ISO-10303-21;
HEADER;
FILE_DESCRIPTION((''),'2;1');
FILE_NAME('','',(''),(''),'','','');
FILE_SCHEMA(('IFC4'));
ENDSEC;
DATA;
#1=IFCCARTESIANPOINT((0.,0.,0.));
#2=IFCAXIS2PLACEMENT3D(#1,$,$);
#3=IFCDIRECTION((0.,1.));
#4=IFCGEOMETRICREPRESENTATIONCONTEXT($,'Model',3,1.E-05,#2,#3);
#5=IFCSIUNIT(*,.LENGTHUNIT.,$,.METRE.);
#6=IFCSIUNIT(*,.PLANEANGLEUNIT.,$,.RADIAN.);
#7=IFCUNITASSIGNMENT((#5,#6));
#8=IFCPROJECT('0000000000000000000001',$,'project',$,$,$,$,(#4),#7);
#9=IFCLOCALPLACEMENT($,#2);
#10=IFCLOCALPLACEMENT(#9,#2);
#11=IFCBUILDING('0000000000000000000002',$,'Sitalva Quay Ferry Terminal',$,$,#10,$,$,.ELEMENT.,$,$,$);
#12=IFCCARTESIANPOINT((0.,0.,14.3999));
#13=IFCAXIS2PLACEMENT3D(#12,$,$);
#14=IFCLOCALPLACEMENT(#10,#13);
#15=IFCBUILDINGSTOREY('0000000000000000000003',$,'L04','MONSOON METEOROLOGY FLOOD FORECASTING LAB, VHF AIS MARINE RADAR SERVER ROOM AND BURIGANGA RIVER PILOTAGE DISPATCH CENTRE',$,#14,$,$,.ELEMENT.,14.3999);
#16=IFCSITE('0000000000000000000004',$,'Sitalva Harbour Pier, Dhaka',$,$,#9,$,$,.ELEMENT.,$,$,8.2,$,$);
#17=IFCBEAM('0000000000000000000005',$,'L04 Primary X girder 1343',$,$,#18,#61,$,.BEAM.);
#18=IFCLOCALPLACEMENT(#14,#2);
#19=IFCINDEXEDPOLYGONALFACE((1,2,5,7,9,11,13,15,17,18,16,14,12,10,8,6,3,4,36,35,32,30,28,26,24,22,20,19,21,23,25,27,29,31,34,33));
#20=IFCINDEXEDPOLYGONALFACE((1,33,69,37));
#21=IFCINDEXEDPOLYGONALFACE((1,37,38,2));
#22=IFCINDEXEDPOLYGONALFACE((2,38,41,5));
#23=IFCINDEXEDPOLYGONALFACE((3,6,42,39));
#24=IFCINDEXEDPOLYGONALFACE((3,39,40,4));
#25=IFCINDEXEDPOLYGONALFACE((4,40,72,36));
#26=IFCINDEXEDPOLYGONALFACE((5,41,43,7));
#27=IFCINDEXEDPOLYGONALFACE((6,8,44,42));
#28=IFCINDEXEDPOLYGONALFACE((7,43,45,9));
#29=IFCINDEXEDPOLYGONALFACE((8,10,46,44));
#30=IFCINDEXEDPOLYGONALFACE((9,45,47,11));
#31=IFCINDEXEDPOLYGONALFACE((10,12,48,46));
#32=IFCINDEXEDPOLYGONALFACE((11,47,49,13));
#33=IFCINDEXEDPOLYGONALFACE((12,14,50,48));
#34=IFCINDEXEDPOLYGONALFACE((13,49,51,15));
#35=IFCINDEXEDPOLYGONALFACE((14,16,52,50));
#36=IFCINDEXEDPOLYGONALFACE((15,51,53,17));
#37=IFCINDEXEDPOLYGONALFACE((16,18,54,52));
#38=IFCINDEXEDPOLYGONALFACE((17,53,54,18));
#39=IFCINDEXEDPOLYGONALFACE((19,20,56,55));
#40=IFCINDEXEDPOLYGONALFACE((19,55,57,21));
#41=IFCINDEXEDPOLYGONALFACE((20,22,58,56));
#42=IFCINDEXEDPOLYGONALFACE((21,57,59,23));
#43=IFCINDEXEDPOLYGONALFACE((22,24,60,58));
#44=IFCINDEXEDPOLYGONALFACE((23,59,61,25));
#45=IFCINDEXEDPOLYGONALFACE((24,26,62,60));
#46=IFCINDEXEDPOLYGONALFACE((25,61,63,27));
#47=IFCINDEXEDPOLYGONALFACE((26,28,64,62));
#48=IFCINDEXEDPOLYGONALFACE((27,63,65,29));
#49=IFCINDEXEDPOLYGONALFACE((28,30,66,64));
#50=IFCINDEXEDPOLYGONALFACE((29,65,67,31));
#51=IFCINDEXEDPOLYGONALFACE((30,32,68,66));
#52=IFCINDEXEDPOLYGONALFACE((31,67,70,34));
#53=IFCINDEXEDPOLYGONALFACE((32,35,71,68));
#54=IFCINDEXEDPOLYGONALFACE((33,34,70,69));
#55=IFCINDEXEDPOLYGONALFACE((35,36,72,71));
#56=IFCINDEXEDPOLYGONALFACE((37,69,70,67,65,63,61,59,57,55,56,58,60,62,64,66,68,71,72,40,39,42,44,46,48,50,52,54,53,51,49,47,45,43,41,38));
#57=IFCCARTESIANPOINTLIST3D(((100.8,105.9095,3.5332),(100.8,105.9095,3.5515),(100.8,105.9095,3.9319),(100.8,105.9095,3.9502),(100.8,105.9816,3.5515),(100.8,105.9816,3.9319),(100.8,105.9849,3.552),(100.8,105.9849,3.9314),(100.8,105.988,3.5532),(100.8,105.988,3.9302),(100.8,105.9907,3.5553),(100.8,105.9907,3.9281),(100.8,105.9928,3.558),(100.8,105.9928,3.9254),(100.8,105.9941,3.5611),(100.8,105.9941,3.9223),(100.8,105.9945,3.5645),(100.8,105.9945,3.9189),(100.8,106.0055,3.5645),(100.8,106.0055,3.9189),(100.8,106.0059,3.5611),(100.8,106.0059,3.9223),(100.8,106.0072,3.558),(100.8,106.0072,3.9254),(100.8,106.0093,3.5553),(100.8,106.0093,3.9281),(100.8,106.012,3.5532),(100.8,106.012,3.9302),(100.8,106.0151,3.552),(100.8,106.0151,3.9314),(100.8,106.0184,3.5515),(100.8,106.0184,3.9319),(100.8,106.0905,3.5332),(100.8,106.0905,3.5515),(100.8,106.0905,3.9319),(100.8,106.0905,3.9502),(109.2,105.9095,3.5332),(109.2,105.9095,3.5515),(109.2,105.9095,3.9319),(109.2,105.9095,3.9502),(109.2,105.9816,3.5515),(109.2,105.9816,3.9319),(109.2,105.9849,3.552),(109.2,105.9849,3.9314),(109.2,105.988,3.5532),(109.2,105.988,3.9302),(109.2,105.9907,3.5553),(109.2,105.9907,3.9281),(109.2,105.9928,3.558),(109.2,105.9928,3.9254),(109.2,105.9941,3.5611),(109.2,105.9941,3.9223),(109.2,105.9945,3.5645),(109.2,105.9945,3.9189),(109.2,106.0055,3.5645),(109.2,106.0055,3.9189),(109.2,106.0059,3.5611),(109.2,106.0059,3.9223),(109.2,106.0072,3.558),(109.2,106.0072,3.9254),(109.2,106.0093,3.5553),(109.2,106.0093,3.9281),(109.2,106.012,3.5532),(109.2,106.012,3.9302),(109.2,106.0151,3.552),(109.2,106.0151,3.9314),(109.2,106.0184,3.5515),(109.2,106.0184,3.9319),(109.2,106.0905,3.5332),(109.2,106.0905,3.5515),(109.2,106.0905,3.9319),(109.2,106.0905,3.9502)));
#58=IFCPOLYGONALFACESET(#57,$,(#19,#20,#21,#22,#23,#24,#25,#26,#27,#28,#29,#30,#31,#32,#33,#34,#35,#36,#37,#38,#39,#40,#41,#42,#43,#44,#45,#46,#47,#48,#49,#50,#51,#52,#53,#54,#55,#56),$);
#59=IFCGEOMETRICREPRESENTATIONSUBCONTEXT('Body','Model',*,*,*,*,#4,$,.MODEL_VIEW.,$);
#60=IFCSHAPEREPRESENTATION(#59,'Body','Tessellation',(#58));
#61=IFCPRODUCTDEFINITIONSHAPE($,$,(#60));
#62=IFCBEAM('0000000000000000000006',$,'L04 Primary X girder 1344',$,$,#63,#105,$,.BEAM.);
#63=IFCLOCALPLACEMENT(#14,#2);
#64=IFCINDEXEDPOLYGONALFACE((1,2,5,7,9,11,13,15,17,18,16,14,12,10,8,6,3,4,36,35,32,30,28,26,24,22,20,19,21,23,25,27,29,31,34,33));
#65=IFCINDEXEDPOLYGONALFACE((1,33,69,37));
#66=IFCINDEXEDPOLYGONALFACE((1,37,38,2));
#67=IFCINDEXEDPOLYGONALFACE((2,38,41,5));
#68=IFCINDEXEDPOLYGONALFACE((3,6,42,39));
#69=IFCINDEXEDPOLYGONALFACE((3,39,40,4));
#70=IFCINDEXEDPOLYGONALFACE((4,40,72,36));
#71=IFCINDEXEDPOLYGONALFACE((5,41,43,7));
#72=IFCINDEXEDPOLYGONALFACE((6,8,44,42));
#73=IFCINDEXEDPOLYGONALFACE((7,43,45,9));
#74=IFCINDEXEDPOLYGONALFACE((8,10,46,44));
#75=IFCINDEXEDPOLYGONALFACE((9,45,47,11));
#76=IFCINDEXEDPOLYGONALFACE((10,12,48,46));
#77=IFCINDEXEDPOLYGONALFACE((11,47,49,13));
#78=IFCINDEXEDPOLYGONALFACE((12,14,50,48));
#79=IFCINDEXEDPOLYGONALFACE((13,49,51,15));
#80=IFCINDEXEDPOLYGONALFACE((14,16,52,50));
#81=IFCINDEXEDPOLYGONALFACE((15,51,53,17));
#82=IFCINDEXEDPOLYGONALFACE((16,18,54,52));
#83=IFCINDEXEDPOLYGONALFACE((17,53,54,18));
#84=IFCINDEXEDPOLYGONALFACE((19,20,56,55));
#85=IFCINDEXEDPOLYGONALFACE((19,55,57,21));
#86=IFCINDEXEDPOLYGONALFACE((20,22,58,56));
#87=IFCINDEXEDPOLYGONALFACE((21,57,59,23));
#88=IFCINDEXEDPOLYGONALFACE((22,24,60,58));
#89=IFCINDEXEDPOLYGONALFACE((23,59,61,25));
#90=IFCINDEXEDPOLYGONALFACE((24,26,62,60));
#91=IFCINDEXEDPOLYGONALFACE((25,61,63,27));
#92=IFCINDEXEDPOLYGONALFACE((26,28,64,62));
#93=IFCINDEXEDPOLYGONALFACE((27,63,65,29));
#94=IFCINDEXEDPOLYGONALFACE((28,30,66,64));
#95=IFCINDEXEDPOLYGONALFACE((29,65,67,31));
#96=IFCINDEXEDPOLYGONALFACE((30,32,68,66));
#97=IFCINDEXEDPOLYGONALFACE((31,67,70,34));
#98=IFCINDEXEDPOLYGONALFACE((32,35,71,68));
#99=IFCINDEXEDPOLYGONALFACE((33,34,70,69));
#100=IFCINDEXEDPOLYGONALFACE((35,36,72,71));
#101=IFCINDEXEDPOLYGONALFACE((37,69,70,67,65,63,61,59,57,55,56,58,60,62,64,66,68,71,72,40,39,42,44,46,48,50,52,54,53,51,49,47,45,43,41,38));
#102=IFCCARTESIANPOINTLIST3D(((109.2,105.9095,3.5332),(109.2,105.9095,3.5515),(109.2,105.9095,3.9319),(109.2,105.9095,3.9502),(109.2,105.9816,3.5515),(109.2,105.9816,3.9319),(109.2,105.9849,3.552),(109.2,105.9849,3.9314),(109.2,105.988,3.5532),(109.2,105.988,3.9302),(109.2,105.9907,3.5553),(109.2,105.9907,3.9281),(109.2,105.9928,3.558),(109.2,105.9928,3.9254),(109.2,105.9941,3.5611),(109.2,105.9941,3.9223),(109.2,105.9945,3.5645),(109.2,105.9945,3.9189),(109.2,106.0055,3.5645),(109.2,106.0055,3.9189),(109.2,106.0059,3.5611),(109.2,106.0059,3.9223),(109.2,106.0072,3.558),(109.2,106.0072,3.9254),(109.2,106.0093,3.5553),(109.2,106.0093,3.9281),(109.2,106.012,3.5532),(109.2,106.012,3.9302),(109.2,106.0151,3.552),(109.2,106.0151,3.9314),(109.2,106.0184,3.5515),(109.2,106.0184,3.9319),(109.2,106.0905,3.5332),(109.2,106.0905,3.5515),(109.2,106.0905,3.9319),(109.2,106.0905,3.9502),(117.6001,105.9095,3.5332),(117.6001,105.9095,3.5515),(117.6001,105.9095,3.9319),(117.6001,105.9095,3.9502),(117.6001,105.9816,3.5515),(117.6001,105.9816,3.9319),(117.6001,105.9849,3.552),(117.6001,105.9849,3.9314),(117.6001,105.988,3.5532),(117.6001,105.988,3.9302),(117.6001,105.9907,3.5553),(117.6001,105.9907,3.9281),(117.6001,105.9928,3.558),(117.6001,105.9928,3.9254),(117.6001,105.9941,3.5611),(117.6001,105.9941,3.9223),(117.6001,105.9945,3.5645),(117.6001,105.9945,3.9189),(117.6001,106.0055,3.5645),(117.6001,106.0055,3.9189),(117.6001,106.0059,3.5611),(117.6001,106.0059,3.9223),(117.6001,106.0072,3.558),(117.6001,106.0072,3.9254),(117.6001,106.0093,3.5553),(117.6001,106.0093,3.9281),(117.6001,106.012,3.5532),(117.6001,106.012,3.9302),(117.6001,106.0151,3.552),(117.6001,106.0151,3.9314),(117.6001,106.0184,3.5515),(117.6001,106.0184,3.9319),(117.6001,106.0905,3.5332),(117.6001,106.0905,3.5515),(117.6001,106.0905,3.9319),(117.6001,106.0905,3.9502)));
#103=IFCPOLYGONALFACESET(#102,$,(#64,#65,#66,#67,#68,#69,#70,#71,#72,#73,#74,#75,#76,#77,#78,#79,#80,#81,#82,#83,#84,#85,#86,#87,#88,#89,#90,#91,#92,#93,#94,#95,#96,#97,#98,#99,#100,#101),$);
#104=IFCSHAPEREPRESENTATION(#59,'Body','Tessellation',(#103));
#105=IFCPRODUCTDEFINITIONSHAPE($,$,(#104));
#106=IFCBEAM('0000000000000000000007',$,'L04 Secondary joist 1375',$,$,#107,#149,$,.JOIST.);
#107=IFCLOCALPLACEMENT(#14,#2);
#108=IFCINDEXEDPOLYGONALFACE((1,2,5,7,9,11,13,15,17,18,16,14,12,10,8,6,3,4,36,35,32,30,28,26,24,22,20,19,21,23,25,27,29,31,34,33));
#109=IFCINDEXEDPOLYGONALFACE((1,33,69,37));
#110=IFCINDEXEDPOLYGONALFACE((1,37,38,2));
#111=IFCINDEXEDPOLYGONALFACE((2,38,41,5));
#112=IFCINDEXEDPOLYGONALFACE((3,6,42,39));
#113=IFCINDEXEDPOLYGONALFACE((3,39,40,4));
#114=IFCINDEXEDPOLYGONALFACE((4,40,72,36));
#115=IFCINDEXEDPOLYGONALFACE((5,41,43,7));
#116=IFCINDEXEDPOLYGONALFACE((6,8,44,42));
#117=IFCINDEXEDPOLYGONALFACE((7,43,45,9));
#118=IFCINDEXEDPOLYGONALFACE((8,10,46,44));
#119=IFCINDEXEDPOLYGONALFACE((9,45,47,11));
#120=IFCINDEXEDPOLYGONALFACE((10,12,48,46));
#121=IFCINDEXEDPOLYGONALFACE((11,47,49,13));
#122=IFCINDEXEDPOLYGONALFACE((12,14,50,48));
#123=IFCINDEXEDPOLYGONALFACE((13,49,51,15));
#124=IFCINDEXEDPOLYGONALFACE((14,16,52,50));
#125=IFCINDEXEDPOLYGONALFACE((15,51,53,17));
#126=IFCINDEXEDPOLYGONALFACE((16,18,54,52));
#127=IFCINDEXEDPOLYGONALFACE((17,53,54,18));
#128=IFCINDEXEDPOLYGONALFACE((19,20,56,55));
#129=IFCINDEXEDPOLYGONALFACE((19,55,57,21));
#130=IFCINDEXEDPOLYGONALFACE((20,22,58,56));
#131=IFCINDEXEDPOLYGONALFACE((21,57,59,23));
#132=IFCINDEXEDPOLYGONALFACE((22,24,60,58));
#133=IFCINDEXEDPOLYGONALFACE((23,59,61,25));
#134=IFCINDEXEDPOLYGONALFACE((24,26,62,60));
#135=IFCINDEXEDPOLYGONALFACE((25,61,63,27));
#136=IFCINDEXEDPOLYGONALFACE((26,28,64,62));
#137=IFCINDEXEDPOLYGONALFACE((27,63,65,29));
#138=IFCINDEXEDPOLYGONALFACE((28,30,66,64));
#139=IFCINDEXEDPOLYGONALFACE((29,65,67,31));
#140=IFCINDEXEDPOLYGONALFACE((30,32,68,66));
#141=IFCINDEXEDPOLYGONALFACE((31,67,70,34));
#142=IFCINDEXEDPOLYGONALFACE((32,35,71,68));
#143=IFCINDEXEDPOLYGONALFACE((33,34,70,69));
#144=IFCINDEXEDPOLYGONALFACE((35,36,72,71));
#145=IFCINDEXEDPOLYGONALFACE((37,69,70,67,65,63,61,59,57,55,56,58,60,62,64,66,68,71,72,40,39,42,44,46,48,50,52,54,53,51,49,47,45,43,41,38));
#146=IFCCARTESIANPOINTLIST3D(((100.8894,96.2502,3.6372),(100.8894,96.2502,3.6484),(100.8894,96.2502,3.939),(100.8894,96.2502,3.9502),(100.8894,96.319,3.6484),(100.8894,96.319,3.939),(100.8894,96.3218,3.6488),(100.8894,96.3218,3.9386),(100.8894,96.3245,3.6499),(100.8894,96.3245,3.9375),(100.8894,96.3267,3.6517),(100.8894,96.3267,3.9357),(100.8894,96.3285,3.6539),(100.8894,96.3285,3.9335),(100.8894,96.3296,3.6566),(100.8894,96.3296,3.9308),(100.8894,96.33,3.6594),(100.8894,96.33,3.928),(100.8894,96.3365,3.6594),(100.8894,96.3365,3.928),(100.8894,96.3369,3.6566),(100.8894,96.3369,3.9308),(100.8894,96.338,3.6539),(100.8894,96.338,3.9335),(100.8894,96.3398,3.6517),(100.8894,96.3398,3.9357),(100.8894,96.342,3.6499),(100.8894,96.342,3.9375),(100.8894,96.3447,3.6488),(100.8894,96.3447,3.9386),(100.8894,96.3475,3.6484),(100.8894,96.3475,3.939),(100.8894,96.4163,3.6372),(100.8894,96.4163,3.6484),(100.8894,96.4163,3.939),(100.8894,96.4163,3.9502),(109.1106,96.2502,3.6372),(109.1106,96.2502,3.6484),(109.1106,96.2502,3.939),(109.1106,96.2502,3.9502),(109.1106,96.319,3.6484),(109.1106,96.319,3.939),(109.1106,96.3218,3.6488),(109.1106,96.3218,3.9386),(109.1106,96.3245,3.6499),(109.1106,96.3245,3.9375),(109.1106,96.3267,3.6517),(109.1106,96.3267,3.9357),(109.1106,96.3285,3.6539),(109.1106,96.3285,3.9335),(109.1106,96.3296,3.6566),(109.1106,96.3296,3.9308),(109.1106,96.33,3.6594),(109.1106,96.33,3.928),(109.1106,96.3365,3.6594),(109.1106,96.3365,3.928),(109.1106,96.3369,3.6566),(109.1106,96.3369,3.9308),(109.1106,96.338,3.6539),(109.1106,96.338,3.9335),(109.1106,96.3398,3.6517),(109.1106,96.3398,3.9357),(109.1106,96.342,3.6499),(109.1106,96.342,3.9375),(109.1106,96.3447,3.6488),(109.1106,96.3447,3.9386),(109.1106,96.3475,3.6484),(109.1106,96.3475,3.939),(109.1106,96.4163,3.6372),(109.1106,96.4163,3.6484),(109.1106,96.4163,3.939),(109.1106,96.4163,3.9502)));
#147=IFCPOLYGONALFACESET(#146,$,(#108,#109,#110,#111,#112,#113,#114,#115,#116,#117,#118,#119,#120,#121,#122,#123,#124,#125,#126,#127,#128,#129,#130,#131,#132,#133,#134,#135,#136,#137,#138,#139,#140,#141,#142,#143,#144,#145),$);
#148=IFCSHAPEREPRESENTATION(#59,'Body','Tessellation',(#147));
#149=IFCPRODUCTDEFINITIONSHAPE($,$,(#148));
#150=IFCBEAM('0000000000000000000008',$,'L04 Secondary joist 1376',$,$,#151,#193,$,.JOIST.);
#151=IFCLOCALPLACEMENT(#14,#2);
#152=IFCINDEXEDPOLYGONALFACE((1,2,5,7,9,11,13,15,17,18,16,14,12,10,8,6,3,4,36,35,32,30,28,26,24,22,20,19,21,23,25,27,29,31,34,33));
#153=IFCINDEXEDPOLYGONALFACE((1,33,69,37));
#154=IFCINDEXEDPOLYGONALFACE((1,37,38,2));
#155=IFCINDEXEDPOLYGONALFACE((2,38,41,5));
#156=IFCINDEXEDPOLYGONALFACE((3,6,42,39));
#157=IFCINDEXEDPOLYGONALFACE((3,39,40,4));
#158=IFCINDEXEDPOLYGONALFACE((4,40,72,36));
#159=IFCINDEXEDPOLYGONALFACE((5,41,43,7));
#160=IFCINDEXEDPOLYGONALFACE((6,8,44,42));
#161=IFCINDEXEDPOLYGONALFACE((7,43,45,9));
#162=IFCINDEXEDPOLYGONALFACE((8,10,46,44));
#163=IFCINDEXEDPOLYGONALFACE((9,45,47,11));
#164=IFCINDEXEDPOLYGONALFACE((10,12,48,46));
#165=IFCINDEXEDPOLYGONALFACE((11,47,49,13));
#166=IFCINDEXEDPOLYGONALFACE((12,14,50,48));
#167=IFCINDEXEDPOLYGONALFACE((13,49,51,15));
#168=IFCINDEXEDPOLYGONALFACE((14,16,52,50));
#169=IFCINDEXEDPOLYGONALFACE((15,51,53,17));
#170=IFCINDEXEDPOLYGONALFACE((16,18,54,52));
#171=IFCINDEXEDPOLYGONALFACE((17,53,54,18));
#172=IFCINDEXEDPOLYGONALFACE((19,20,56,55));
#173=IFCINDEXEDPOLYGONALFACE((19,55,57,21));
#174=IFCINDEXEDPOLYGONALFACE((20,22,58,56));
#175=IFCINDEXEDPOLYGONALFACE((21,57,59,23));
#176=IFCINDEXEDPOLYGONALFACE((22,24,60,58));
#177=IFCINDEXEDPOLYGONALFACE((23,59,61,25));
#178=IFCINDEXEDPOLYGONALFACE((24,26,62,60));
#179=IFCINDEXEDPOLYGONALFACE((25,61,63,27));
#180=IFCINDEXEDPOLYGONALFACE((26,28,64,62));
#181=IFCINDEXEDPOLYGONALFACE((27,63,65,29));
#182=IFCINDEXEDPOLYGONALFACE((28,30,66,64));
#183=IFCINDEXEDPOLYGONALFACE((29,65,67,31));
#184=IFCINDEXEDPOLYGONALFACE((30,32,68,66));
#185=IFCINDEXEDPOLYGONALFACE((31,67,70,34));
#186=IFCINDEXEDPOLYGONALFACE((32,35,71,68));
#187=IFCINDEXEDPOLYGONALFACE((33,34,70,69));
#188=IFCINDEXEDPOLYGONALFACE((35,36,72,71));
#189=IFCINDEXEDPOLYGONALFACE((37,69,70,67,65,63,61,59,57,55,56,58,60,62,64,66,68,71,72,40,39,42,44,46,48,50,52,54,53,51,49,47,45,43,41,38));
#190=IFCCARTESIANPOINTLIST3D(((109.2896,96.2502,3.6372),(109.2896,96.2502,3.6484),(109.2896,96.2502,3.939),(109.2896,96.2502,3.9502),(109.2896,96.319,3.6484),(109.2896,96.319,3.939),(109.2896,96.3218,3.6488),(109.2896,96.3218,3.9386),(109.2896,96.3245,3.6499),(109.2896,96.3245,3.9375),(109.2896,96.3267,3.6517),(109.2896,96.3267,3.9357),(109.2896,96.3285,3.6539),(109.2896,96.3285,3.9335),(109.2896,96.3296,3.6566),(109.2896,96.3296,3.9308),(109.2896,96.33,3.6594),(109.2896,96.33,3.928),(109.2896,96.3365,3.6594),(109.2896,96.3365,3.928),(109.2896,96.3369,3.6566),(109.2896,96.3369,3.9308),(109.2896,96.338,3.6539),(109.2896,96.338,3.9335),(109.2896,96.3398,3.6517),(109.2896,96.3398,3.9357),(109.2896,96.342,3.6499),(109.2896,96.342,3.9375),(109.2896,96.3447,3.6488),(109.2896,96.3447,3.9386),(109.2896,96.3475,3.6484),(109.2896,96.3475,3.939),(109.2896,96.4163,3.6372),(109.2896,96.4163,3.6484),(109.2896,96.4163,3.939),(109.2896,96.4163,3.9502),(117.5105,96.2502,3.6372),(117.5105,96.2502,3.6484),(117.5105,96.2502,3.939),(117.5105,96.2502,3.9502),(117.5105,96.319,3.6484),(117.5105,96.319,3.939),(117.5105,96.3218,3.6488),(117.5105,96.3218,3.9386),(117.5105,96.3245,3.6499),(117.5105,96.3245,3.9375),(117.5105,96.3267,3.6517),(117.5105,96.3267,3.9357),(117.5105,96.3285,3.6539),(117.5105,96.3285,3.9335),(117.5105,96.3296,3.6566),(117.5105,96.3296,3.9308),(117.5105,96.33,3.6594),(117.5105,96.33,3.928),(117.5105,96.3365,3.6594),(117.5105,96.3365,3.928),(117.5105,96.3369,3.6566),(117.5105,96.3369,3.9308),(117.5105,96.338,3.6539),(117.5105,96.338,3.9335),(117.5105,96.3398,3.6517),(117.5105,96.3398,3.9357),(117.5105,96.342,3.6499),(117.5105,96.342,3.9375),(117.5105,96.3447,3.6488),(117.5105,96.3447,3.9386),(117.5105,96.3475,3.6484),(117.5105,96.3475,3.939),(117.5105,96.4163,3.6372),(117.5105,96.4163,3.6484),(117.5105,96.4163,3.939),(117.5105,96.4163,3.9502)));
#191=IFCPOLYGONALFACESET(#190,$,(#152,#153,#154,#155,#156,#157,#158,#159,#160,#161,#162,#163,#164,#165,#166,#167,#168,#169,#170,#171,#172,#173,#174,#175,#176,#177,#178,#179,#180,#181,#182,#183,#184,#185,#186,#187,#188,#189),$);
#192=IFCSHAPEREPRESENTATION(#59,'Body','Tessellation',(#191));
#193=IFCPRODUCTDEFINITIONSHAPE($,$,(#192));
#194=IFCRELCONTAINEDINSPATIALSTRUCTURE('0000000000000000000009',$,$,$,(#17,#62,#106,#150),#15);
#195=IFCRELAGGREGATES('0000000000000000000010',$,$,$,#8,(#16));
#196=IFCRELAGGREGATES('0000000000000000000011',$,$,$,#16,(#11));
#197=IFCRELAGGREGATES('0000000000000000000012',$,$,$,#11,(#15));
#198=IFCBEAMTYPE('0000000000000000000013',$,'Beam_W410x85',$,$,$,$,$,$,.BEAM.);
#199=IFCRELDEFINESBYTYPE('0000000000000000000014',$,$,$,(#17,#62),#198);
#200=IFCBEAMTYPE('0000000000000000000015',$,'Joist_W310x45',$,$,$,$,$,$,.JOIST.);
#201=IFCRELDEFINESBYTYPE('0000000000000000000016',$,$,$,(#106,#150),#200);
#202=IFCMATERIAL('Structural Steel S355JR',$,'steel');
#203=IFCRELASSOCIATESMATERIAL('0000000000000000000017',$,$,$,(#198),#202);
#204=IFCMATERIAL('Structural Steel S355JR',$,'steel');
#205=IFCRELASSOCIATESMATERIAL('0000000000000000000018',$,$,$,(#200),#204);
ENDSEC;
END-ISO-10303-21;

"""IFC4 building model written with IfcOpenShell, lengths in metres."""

from ifc_helpers import new_model, si_unit, direction, frame, origin, origin_2d, place, context, subcontext, project, spatial, i_section, extrude, material, material_profile, profile_set, type_object, element, save


model = new_model("IFC4")

# Units and contexts
model_context = context("Model", 3, precision=1e-05, world=origin(), true_north=direction((0.0, 1.0)))
body_context = subcontext(model_context, "Body", "Model", "MODEL_VIEW")
ifc_project = project(units=[si_unit("LENGTHUNIT", "METRE"), si_unit("PLANEANGLEUNIT", "RADIAN")], contexts=[model_context])

# Site, building, storey
site_placement = place(None, origin())
site = spatial("IfcSite", under=ifc_project, at=site_placement, Name="Sitalva Harbour Pier, Dhaka", CompositionType="ELEMENT", RefElevation=8.2)
building_placement = place(site_placement, origin())
building = spatial("IfcBuilding", under=site, at=building_placement, Name="Sitalva Quay Ferry Terminal", CompositionType="ELEMENT")
storey_placement = place(building_placement, frame((0.0, 0.0, 14.3999)))
storey = spatial("IfcBuildingStorey", under=building, at=storey_placement, Name="L04", Description="MONSOON METEOROLOGY FLOOD FORECASTING LAB, VHF AIS MARINE RADAR SERVER ROOM AND BURIGANGA RIVER PILOTAGE DISPATCH CENTRE", CompositionType="ELEMENT", Elevation=14.3999)

# Beams
ifc_material_1 = material(Name="Structural Steel S355JR", Category="steel")
ifc_material_profile_1 = material_profile(ifc_material_1, i_section(OverallWidth=0.1809, OverallDepth=0.417, WebThickness=0.011, FlangeThickness=0.0183, FilletRadius=0.0129, at=origin_2d()), Name="W410x85")
ifc_profile_set_1 = profile_set([ifc_material_profile_1], Name="Structural Steel S355JR")
beam_type_1 = type_object("IfcBeamType", Name="Beam_W410x85", PredefinedType="BEAM", material=ifc_profile_set_1)
beam_1_placement = place(storey_placement, frame((100.8, 106.0, 3.7417), z_axis=(1.0, 0.0, 0.0), x_axis=(0.0, 1.0, 0.0)))
element("IfcBeam", 1, at=beam_1_placement, inside=storey, type_object=beam_type_1, Name="L04 Primary X girder 1343", PredefinedType="BEAM", context=body_context, shape_type="SweptSolid", body=[
    extrude(i_section(OverallWidth=0.1809, OverallDepth=0.417, WebThickness=0.011, FlangeThickness=0.0183, FilletRadius=0.0129, at=origin_2d()), origin(), (0.0, 0.0, 1.0), 8.3999),
])
beam_2_placement = place(storey_placement, frame((109.2, 106.0, 3.7417), z_axis=(1.0, 0.0, 0.0), x_axis=(0.0, 1.0, 0.0)))
element("IfcBeam", 2, at=beam_2_placement, inside=storey, type_object=beam_type_1, Name="L04 Primary X girder 1344", PredefinedType="BEAM", context=body_context, shape_type="SweptSolid", body=[
    extrude(i_section(OverallWidth=0.1809, OverallDepth=0.417, WebThickness=0.011, FlangeThickness=0.0183, FilletRadius=0.0129, at=origin_2d()), origin(), (0.0, 0.0, 1.0), 8.4001),
])
ifc_material_2 = material(Name="Structural Steel S355JR", Category="steel")
ifc_material_profile_2 = material_profile(ifc_material_2, i_section(OverallWidth=0.166, OverallDepth=0.313, WebThickness=0.0066, FlangeThickness=0.0112, FilletRadius=0.011, at=origin_2d()), Name="W310x45")
ifc_profile_set_2 = profile_set([ifc_material_profile_2], Name="Structural Steel S355JR")
beam_type_2 = type_object("IfcBeamType", Name="Joist_W310x45", PredefinedType="JOIST", material=ifc_profile_set_2)
beam_3_placement = place(storey_placement, frame((100.8894, 96.3333, 3.7937), z_axis=(1.0, 0.0, 0.0), x_axis=(0.0, 1.0, 0.0)))
element("IfcBeam", 3, at=beam_3_placement, inside=storey, type_object=beam_type_2, Name="L04 Secondary joist 1375", PredefinedType="JOIST", context=body_context, shape_type="SweptSolid", body=[
    extrude(i_section(OverallWidth=0.166, OverallDepth=0.313, WebThickness=0.0066, FlangeThickness=0.0112, FilletRadius=0.011, at=origin_2d()), origin(), (0.0, 0.0, 1.0), 8.2212),
])
beam_4_placement = place(storey_placement, frame((109.2896, 96.3333, 3.7937), z_axis=(1.0, 0.0, 0.0), x_axis=(0.0, 1.0, 0.0)))
element("IfcBeam", 4, at=beam_4_placement, inside=storey, type_object=beam_type_2, Name="L04 Secondary joist 1376", PredefinedType="JOIST", context=body_context, shape_type="SweptSolid", body=[
    extrude(i_section(OverallWidth=0.166, OverallDepth=0.313, WebThickness=0.0066, FlangeThickness=0.0112, FilletRadius=0.011, at=origin_2d()), origin(), (0.0, 0.0, 1.0), 8.2209),
])

save(model, "model.ifc")
